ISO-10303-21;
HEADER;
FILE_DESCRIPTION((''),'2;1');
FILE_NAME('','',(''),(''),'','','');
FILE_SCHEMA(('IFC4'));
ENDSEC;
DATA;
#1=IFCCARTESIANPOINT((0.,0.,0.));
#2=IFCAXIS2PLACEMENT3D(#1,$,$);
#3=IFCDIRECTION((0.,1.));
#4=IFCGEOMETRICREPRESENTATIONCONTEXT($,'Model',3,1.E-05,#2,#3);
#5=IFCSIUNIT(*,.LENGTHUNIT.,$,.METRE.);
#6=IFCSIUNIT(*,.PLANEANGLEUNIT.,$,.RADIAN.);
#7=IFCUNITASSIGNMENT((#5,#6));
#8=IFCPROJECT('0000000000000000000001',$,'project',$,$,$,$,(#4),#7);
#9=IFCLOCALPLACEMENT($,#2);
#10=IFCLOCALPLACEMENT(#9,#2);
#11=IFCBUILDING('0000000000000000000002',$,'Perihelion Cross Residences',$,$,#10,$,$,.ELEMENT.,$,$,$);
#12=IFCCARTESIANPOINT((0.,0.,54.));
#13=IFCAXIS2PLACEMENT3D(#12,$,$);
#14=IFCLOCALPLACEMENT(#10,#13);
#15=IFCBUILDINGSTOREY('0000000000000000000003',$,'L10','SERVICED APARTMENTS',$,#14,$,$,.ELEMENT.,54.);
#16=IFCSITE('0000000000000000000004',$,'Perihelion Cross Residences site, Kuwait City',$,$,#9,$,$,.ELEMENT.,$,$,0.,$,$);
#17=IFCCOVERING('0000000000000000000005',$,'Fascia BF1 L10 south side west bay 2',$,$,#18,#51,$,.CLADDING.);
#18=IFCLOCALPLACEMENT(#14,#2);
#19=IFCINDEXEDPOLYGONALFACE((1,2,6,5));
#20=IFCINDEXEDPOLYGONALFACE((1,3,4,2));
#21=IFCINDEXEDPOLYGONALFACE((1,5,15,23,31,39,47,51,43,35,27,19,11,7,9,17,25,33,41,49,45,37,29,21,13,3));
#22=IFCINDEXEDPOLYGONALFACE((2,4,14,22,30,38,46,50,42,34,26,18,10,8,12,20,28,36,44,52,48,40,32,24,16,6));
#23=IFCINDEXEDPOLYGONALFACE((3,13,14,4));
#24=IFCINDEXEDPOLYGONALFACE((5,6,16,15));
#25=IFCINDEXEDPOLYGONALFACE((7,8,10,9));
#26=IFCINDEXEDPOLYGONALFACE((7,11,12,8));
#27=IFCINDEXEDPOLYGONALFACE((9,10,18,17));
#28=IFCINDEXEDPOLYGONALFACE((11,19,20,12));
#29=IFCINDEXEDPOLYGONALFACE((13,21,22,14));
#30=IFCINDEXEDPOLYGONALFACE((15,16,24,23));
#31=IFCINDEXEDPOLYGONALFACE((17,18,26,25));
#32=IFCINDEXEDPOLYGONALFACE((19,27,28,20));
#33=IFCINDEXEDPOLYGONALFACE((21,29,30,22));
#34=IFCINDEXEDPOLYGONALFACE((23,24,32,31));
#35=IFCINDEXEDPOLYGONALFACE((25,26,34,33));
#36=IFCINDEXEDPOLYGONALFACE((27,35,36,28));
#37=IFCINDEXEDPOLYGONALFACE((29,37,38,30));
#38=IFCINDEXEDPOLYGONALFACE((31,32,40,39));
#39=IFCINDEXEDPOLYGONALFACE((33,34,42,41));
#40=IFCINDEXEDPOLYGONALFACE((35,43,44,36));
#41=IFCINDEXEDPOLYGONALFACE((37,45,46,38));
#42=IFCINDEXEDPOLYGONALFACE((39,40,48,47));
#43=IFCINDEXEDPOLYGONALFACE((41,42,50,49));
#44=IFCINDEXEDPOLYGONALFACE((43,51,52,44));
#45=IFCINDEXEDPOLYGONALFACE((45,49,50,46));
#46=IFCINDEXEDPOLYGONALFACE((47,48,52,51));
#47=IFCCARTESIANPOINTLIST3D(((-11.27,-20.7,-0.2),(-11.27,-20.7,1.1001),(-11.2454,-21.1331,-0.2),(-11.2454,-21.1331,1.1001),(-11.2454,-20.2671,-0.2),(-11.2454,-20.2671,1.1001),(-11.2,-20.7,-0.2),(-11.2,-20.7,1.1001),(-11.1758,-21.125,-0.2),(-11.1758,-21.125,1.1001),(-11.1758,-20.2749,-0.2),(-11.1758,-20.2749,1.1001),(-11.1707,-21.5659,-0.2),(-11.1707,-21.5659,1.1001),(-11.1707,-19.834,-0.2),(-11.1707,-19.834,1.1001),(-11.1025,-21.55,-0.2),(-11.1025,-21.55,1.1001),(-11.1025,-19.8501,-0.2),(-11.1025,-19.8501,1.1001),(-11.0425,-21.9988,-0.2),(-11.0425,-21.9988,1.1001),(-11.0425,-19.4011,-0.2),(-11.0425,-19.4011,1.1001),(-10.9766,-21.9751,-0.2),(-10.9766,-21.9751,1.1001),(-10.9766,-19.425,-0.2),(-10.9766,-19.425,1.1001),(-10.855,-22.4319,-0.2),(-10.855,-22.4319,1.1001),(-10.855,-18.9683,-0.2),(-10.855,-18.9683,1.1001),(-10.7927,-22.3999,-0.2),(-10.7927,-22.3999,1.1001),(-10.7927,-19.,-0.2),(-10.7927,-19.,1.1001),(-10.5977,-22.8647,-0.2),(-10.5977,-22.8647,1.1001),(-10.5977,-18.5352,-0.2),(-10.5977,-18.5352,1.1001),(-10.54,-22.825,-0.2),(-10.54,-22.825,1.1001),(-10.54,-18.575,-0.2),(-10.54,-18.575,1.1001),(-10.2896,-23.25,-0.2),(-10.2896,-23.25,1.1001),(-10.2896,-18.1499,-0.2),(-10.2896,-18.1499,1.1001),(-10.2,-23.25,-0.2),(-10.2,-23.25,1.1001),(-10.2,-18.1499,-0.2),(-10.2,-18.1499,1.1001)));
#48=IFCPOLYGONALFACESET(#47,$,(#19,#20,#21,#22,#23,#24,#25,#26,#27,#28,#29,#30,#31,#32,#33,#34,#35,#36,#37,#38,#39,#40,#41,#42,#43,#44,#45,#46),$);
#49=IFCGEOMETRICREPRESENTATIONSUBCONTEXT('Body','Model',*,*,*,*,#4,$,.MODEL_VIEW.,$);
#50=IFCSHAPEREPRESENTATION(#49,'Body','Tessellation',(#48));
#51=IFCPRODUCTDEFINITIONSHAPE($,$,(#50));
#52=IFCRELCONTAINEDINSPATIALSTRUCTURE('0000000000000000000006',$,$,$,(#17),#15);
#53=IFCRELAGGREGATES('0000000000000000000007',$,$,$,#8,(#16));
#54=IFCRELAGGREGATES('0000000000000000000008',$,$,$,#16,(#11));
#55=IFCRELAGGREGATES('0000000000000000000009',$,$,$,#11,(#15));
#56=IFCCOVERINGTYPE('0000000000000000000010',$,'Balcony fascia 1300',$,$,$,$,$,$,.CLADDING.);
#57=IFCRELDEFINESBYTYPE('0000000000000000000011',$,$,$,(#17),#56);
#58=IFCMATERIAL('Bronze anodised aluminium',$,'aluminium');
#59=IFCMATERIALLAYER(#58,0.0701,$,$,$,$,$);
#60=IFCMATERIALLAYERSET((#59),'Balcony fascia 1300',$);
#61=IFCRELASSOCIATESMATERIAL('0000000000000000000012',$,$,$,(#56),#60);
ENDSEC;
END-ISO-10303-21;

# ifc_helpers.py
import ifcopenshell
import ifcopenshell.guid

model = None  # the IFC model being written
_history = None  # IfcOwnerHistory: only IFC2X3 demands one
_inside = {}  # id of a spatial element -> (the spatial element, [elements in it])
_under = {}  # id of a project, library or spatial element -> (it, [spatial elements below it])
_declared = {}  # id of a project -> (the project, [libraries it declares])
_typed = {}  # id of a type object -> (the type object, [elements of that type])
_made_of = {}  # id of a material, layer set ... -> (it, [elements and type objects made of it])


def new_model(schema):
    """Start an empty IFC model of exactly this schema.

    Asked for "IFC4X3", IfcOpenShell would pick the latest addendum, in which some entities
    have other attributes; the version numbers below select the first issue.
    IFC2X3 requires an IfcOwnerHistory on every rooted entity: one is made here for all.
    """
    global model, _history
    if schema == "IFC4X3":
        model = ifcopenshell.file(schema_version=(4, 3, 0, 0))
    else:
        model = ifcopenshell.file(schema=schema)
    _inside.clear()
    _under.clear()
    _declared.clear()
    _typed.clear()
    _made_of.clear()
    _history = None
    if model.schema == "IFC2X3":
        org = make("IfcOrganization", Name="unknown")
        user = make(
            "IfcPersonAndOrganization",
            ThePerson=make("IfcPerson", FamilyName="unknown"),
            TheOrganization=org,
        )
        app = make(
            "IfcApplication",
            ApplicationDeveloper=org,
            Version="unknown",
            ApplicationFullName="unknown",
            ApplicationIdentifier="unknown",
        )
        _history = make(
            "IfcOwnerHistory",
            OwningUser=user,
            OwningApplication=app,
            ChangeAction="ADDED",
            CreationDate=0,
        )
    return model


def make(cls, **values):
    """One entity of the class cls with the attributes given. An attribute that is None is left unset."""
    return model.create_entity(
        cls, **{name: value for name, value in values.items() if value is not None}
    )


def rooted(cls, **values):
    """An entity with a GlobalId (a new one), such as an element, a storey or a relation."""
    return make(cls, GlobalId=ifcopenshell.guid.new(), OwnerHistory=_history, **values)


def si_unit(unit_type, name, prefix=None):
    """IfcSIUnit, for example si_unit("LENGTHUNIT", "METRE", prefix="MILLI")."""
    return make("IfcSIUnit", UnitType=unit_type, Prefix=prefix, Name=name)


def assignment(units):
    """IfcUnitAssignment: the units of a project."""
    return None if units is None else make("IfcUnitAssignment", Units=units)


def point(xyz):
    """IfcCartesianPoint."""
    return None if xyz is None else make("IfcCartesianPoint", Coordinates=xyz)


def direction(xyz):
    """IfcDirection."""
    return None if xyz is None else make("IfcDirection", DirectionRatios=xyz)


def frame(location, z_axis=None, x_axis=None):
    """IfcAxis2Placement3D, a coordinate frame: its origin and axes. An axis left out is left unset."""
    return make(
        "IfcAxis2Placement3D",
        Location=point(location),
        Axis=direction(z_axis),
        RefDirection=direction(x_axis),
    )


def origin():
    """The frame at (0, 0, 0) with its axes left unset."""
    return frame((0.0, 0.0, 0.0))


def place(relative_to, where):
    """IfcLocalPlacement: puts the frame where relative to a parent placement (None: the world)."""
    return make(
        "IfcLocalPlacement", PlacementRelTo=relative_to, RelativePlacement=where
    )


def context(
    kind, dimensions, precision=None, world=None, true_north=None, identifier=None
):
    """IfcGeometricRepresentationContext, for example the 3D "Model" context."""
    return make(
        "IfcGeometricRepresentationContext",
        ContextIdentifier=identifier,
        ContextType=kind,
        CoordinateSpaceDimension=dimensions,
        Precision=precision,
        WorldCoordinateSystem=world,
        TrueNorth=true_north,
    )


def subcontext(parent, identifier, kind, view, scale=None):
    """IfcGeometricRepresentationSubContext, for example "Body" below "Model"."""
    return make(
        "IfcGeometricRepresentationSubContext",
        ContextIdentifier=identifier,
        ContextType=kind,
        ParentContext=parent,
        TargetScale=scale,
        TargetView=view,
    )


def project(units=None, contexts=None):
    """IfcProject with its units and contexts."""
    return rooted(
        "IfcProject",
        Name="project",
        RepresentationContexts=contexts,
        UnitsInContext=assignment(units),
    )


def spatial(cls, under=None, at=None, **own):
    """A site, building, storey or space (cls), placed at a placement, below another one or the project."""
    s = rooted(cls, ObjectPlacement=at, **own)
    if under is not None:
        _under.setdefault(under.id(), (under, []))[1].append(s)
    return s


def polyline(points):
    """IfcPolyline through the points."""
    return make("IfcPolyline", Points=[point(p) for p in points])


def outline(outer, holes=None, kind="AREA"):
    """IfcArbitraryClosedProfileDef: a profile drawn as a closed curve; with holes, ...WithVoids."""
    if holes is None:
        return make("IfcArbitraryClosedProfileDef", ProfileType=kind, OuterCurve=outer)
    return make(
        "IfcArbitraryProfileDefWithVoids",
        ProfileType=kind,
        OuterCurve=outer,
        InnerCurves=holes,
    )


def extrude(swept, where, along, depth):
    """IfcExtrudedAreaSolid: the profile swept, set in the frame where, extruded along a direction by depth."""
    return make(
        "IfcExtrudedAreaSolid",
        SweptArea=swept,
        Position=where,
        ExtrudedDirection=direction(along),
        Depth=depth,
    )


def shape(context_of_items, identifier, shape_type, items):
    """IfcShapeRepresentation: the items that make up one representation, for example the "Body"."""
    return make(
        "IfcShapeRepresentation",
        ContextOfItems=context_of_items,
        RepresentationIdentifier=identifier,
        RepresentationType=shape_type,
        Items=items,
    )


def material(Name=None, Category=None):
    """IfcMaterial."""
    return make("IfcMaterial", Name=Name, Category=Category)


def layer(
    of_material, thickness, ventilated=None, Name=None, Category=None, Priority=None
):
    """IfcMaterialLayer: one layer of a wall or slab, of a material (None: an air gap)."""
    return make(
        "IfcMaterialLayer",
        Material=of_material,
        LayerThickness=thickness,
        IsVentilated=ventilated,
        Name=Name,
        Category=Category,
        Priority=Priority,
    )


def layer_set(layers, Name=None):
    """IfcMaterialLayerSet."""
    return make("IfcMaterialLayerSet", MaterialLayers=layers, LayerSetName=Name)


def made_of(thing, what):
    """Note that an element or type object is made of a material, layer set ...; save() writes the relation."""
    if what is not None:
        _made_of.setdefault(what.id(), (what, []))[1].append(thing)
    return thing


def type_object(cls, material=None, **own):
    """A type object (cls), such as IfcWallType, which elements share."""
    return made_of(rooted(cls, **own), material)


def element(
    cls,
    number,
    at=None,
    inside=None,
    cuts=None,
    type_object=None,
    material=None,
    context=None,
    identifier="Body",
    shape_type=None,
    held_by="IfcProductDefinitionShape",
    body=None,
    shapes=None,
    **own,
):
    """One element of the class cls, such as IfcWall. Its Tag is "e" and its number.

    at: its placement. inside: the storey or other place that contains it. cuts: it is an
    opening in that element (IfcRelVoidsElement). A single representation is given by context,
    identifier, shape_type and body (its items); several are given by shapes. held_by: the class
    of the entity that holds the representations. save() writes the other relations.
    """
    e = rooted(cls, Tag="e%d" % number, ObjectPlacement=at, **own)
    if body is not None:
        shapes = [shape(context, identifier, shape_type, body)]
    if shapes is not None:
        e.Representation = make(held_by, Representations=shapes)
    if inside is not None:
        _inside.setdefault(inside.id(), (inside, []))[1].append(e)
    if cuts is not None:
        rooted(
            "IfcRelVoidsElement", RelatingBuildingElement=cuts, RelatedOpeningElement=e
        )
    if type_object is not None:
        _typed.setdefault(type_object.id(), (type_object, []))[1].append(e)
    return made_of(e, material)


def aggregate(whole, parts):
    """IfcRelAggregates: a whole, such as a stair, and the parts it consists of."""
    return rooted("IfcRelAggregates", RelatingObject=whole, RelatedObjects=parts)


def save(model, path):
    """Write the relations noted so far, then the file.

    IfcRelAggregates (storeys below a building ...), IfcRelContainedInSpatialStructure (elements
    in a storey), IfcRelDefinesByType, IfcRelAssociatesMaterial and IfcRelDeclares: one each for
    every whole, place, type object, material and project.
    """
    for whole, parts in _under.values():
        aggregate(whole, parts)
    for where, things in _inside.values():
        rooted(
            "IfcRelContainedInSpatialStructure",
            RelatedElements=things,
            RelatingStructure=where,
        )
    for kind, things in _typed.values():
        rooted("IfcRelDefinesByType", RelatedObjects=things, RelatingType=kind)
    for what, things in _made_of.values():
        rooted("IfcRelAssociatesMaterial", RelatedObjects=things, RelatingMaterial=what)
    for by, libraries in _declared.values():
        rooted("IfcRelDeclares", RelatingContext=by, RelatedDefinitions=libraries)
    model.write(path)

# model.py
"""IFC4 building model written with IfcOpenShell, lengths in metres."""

from ifc_helpers import new_model, si_unit, direction, frame, origin, place, context, subcontext, project, spatial, polyline, outline, extrude, material, layer, layer_set, type_object, element, save


model = new_model("IFC4")

# Units and contexts
model_context = context("Model", 3, precision=1e-05, world=origin(), true_north=direction((0.0, 1.0)))
body_context = subcontext(model_context, "Body", "Model", "MODEL_VIEW")
ifc_project = project(units=[si_unit("LENGTHUNIT", "METRE"), si_unit("PLANEANGLEUNIT", "RADIAN")], contexts=[model_context])

# Site, building, storey
site_placement = place(None, origin())
site = spatial("IfcSite", under=ifc_project, at=site_placement, Name="Perihelion Cross Residences site, Kuwait City", CompositionType="ELEMENT", RefElevation=0.0)
building_placement = place(site_placement, origin())
building = spatial("IfcBuilding", under=site, at=building_placement, Name="Perihelion Cross Residences", CompositionType="ELEMENT")
storey_placement = place(building_placement, frame((0.0, 0.0, 54.0)))
storey = spatial("IfcBuildingStorey", under=building, at=storey_placement, Name="L10", Description="SERVICED APARTMENTS", CompositionType="ELEMENT", Elevation=54.0)

# Covering
ifc_material_1 = material(Name="Bronze anodised aluminium", Category="aluminium")
ifc_layer_1 = layer(ifc_material_1, 0.0701)
ifc_layer_set_1 = layer_set([ifc_layer_1], Name="Balcony fascia 1300")
covering_type = type_object("IfcCoveringType", Name="Balcony fascia 1300", PredefinedType="CLADDING", material=ifc_layer_set_1)
covering_1_placement = place(storey_placement, frame((0.0, 0.0, -0.2)))
element("IfcCovering", 1, at=covering_1_placement, inside=storey, type_object=covering_type, Name="Fascia BF1 L10 south side west bay 2", PredefinedType="CLADDING", context=body_context, shape_type="SweptSolid", body=[
    extrude(outline(polyline([(-10.5977, -18.5352), (-10.855, -18.9683), (-11.0425, -19.4011), (-11.1707, -19.834), (-11.2454, -20.2671), (-11.27, -20.7), (-11.2454, -21.1331), (-11.1707, -21.5659), (-11.0425, -21.9988), (-10.855, -22.4319), (-10.5977, -22.8647), (-10.2896, -23.25), (-10.2, -23.25), (-10.54, -22.825), (-10.7927, -22.3999), (-10.9766, -21.9751), (-11.1025, -21.55), (-11.1758, -21.125), (-11.2, -20.7), (-11.1758, -20.2749), (-11.1025, -19.8501), (-10.9766, -19.425), (-10.7927, -19.0), (-10.54, -18.575), (-10.2, -18.1499), (-10.2896, -18.1499), (-10.5977, -18.5352)])), origin(), (0.0, 0.0, 1.0), 1.3),
])

save(model, "model.ifc")
